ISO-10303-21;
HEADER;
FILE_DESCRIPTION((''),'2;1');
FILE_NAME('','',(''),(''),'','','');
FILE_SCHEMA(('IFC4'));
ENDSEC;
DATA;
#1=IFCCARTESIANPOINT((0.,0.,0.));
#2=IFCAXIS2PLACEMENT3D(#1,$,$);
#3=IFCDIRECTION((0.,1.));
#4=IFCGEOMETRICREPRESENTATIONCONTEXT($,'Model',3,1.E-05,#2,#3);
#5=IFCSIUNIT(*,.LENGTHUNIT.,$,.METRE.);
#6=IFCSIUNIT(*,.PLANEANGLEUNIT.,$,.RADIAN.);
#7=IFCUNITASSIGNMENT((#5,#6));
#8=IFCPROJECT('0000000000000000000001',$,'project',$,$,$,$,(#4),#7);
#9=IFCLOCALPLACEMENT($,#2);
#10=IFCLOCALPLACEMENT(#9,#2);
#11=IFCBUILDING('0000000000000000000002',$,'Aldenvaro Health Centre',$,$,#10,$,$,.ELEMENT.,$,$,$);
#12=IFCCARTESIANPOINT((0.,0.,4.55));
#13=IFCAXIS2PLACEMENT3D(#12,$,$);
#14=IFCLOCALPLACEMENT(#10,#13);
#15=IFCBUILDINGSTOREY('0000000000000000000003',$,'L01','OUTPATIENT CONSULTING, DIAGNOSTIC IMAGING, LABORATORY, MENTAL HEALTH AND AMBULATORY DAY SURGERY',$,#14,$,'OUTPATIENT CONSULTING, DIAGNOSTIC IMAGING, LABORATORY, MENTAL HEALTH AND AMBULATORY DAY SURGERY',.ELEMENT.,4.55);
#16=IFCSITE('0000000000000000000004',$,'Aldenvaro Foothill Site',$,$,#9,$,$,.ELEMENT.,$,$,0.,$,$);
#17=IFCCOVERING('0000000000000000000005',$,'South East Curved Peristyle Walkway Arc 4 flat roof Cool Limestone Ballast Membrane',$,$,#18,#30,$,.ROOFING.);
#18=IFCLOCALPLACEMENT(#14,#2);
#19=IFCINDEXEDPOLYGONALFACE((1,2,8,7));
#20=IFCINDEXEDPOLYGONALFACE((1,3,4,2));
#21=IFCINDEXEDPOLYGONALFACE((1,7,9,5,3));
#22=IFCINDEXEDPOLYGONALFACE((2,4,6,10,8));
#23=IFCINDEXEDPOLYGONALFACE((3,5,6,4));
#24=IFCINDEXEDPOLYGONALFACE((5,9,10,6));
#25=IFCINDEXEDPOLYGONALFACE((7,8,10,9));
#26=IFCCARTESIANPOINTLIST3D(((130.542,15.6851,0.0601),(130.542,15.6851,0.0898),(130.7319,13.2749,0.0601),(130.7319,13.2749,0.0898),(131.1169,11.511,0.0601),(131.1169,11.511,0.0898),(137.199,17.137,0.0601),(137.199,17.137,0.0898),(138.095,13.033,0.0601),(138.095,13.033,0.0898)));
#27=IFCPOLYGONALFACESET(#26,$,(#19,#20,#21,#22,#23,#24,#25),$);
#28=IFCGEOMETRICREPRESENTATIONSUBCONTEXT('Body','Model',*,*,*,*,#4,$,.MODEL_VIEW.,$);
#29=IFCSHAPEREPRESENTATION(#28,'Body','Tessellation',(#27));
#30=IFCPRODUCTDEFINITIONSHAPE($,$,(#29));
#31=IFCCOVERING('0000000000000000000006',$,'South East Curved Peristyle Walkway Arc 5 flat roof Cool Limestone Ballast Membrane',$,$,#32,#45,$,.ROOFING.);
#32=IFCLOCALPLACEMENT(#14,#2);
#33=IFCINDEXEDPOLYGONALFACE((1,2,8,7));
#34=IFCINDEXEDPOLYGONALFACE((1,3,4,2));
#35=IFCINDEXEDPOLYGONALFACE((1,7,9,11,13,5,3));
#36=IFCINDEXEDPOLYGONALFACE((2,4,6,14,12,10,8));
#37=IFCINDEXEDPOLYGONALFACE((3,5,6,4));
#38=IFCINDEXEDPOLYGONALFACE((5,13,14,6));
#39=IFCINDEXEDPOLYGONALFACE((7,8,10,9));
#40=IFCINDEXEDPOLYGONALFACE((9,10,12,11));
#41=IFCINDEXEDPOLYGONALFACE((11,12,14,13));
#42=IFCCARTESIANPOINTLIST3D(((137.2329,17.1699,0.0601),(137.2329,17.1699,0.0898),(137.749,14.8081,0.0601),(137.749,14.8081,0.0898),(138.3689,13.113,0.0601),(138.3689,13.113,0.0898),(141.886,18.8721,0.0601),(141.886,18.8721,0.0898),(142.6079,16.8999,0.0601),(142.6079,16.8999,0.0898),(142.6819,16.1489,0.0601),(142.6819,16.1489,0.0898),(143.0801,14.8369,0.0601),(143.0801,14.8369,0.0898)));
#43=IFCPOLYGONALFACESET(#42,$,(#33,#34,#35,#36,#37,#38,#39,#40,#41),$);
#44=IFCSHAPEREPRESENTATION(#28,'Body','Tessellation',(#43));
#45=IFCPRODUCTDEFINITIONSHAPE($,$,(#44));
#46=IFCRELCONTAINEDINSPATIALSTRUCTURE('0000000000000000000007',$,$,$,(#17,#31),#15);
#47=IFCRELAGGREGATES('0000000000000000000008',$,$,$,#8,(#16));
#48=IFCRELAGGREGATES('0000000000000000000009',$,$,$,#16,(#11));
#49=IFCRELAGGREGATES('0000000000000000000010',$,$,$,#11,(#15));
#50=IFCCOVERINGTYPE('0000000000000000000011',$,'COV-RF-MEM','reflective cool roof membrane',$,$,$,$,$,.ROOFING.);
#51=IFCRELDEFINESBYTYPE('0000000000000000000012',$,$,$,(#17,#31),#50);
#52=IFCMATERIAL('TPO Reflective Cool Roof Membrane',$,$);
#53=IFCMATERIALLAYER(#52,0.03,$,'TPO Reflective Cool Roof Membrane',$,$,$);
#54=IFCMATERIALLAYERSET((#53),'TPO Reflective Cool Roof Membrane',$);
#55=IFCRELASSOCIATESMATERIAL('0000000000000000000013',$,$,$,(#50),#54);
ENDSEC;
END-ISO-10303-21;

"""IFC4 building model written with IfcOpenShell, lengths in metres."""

from ifc_helpers import new_model, si_unit, direction, frame, origin, place, context, subcontext, project, spatial, polyline, outline, extrude, material, layer, layer_set, type_object, element, save


model = new_model("IFC4")

# Units and contexts
model_context = context("Model", 3, precision=1e-05, world=origin(), true_north=direction((0.0, 1.0)))
body_context = subcontext(model_context, "Body", "Model", "MODEL_VIEW")
ifc_project = project(units=[si_unit("LENGTHUNIT", "METRE"), si_unit("PLANEANGLEUNIT", "RADIAN")], contexts=[model_context])

# Site, building, storey
site_placement = place(None, origin())
site = spatial("IfcSite", under=ifc_project, at=site_placement, Name="Aldenvaro Foothill Site", CompositionType="ELEMENT", RefElevation=0.0)
building_placement = place(site_placement, origin())
building = spatial("IfcBuilding", under=site, at=building_placement, Name="Aldenvaro Health Centre", CompositionType="ELEMENT")
storey_placement = place(building_placement, frame((0.0, 0.0, 4.55)))
storey = spatial("IfcBuildingStorey", under=building, at=storey_placement, Name="L01", Description="OUTPATIENT CONSULTING, DIAGNOSTIC IMAGING, LABORATORY, MENTAL HEALTH AND AMBULATORY DAY SURGERY", LongName="OUTPATIENT CONSULTING, DIAGNOSTIC IMAGING, LABORATORY, MENTAL HEALTH AND AMBULATORY DAY SURGERY", CompositionType="ELEMENT", Elevation=4.55)

# Coverings
ifc_material_1 = material(Name="TPO Reflective Cool Roof Membrane")
ifc_layer_1 = layer(ifc_material_1, 0.03, Name="TPO Reflective Cool Roof Membrane")
ifc_layer_set_1 = layer_set([ifc_layer_1], Name="TPO Reflective Cool Roof Membrane")
covering_type_1 = type_object("IfcCoveringType", Name="COV-RF-MEM", Description="reflective cool roof membrane", PredefinedType="ROOFING", material=ifc_layer_set_1)
covering_1_placement = place(storey_placement, frame((0.0, 0.0, 0.0601)))
element("IfcCovering", 1, at=covering_1_placement, inside=storey, type_object=covering_type_1, Name="South East Curved Peristyle Walkway Arc 4 flat roof Cool Limestone Ballast Membrane", PredefinedType="ROOFING", context=body_context, shape_type="SweptSolid", body=[
    extrude(outline(polyline([(137.199, 17.137), (138.095, 13.033), (131.1169, 11.511), (130.7319, 13.2749), (130.542, 15.6851), (137.199, 17.137)])), origin(), (0.0, 0.0, 1.0), 0.0298),
])
covering_2_placement = place(storey_placement, frame((0.0, 0.0, 0.0601)))
element("IfcCovering", 2, at=covering_2_placement, inside=storey, type_object=covering_type_1, Name="South East Curved Peristyle Walkway Arc 5 flat roof Cool Limestone Ballast Membrane", PredefinedType="ROOFING", context=body_context, shape_type="SweptSolid", body=[
    extrude(outline(polyline([(138.3689, 13.113), (137.749, 14.8081), (137.2329, 17.1699), (141.886, 18.8721), (142.6079, 16.8999), (142.6819, 16.1489), (143.0801, 14.8369), (138.3689, 13.113)])), origin(), (0.0, 0.0, 1.0), 0.0298),
])

save(model, "model.ifc")
